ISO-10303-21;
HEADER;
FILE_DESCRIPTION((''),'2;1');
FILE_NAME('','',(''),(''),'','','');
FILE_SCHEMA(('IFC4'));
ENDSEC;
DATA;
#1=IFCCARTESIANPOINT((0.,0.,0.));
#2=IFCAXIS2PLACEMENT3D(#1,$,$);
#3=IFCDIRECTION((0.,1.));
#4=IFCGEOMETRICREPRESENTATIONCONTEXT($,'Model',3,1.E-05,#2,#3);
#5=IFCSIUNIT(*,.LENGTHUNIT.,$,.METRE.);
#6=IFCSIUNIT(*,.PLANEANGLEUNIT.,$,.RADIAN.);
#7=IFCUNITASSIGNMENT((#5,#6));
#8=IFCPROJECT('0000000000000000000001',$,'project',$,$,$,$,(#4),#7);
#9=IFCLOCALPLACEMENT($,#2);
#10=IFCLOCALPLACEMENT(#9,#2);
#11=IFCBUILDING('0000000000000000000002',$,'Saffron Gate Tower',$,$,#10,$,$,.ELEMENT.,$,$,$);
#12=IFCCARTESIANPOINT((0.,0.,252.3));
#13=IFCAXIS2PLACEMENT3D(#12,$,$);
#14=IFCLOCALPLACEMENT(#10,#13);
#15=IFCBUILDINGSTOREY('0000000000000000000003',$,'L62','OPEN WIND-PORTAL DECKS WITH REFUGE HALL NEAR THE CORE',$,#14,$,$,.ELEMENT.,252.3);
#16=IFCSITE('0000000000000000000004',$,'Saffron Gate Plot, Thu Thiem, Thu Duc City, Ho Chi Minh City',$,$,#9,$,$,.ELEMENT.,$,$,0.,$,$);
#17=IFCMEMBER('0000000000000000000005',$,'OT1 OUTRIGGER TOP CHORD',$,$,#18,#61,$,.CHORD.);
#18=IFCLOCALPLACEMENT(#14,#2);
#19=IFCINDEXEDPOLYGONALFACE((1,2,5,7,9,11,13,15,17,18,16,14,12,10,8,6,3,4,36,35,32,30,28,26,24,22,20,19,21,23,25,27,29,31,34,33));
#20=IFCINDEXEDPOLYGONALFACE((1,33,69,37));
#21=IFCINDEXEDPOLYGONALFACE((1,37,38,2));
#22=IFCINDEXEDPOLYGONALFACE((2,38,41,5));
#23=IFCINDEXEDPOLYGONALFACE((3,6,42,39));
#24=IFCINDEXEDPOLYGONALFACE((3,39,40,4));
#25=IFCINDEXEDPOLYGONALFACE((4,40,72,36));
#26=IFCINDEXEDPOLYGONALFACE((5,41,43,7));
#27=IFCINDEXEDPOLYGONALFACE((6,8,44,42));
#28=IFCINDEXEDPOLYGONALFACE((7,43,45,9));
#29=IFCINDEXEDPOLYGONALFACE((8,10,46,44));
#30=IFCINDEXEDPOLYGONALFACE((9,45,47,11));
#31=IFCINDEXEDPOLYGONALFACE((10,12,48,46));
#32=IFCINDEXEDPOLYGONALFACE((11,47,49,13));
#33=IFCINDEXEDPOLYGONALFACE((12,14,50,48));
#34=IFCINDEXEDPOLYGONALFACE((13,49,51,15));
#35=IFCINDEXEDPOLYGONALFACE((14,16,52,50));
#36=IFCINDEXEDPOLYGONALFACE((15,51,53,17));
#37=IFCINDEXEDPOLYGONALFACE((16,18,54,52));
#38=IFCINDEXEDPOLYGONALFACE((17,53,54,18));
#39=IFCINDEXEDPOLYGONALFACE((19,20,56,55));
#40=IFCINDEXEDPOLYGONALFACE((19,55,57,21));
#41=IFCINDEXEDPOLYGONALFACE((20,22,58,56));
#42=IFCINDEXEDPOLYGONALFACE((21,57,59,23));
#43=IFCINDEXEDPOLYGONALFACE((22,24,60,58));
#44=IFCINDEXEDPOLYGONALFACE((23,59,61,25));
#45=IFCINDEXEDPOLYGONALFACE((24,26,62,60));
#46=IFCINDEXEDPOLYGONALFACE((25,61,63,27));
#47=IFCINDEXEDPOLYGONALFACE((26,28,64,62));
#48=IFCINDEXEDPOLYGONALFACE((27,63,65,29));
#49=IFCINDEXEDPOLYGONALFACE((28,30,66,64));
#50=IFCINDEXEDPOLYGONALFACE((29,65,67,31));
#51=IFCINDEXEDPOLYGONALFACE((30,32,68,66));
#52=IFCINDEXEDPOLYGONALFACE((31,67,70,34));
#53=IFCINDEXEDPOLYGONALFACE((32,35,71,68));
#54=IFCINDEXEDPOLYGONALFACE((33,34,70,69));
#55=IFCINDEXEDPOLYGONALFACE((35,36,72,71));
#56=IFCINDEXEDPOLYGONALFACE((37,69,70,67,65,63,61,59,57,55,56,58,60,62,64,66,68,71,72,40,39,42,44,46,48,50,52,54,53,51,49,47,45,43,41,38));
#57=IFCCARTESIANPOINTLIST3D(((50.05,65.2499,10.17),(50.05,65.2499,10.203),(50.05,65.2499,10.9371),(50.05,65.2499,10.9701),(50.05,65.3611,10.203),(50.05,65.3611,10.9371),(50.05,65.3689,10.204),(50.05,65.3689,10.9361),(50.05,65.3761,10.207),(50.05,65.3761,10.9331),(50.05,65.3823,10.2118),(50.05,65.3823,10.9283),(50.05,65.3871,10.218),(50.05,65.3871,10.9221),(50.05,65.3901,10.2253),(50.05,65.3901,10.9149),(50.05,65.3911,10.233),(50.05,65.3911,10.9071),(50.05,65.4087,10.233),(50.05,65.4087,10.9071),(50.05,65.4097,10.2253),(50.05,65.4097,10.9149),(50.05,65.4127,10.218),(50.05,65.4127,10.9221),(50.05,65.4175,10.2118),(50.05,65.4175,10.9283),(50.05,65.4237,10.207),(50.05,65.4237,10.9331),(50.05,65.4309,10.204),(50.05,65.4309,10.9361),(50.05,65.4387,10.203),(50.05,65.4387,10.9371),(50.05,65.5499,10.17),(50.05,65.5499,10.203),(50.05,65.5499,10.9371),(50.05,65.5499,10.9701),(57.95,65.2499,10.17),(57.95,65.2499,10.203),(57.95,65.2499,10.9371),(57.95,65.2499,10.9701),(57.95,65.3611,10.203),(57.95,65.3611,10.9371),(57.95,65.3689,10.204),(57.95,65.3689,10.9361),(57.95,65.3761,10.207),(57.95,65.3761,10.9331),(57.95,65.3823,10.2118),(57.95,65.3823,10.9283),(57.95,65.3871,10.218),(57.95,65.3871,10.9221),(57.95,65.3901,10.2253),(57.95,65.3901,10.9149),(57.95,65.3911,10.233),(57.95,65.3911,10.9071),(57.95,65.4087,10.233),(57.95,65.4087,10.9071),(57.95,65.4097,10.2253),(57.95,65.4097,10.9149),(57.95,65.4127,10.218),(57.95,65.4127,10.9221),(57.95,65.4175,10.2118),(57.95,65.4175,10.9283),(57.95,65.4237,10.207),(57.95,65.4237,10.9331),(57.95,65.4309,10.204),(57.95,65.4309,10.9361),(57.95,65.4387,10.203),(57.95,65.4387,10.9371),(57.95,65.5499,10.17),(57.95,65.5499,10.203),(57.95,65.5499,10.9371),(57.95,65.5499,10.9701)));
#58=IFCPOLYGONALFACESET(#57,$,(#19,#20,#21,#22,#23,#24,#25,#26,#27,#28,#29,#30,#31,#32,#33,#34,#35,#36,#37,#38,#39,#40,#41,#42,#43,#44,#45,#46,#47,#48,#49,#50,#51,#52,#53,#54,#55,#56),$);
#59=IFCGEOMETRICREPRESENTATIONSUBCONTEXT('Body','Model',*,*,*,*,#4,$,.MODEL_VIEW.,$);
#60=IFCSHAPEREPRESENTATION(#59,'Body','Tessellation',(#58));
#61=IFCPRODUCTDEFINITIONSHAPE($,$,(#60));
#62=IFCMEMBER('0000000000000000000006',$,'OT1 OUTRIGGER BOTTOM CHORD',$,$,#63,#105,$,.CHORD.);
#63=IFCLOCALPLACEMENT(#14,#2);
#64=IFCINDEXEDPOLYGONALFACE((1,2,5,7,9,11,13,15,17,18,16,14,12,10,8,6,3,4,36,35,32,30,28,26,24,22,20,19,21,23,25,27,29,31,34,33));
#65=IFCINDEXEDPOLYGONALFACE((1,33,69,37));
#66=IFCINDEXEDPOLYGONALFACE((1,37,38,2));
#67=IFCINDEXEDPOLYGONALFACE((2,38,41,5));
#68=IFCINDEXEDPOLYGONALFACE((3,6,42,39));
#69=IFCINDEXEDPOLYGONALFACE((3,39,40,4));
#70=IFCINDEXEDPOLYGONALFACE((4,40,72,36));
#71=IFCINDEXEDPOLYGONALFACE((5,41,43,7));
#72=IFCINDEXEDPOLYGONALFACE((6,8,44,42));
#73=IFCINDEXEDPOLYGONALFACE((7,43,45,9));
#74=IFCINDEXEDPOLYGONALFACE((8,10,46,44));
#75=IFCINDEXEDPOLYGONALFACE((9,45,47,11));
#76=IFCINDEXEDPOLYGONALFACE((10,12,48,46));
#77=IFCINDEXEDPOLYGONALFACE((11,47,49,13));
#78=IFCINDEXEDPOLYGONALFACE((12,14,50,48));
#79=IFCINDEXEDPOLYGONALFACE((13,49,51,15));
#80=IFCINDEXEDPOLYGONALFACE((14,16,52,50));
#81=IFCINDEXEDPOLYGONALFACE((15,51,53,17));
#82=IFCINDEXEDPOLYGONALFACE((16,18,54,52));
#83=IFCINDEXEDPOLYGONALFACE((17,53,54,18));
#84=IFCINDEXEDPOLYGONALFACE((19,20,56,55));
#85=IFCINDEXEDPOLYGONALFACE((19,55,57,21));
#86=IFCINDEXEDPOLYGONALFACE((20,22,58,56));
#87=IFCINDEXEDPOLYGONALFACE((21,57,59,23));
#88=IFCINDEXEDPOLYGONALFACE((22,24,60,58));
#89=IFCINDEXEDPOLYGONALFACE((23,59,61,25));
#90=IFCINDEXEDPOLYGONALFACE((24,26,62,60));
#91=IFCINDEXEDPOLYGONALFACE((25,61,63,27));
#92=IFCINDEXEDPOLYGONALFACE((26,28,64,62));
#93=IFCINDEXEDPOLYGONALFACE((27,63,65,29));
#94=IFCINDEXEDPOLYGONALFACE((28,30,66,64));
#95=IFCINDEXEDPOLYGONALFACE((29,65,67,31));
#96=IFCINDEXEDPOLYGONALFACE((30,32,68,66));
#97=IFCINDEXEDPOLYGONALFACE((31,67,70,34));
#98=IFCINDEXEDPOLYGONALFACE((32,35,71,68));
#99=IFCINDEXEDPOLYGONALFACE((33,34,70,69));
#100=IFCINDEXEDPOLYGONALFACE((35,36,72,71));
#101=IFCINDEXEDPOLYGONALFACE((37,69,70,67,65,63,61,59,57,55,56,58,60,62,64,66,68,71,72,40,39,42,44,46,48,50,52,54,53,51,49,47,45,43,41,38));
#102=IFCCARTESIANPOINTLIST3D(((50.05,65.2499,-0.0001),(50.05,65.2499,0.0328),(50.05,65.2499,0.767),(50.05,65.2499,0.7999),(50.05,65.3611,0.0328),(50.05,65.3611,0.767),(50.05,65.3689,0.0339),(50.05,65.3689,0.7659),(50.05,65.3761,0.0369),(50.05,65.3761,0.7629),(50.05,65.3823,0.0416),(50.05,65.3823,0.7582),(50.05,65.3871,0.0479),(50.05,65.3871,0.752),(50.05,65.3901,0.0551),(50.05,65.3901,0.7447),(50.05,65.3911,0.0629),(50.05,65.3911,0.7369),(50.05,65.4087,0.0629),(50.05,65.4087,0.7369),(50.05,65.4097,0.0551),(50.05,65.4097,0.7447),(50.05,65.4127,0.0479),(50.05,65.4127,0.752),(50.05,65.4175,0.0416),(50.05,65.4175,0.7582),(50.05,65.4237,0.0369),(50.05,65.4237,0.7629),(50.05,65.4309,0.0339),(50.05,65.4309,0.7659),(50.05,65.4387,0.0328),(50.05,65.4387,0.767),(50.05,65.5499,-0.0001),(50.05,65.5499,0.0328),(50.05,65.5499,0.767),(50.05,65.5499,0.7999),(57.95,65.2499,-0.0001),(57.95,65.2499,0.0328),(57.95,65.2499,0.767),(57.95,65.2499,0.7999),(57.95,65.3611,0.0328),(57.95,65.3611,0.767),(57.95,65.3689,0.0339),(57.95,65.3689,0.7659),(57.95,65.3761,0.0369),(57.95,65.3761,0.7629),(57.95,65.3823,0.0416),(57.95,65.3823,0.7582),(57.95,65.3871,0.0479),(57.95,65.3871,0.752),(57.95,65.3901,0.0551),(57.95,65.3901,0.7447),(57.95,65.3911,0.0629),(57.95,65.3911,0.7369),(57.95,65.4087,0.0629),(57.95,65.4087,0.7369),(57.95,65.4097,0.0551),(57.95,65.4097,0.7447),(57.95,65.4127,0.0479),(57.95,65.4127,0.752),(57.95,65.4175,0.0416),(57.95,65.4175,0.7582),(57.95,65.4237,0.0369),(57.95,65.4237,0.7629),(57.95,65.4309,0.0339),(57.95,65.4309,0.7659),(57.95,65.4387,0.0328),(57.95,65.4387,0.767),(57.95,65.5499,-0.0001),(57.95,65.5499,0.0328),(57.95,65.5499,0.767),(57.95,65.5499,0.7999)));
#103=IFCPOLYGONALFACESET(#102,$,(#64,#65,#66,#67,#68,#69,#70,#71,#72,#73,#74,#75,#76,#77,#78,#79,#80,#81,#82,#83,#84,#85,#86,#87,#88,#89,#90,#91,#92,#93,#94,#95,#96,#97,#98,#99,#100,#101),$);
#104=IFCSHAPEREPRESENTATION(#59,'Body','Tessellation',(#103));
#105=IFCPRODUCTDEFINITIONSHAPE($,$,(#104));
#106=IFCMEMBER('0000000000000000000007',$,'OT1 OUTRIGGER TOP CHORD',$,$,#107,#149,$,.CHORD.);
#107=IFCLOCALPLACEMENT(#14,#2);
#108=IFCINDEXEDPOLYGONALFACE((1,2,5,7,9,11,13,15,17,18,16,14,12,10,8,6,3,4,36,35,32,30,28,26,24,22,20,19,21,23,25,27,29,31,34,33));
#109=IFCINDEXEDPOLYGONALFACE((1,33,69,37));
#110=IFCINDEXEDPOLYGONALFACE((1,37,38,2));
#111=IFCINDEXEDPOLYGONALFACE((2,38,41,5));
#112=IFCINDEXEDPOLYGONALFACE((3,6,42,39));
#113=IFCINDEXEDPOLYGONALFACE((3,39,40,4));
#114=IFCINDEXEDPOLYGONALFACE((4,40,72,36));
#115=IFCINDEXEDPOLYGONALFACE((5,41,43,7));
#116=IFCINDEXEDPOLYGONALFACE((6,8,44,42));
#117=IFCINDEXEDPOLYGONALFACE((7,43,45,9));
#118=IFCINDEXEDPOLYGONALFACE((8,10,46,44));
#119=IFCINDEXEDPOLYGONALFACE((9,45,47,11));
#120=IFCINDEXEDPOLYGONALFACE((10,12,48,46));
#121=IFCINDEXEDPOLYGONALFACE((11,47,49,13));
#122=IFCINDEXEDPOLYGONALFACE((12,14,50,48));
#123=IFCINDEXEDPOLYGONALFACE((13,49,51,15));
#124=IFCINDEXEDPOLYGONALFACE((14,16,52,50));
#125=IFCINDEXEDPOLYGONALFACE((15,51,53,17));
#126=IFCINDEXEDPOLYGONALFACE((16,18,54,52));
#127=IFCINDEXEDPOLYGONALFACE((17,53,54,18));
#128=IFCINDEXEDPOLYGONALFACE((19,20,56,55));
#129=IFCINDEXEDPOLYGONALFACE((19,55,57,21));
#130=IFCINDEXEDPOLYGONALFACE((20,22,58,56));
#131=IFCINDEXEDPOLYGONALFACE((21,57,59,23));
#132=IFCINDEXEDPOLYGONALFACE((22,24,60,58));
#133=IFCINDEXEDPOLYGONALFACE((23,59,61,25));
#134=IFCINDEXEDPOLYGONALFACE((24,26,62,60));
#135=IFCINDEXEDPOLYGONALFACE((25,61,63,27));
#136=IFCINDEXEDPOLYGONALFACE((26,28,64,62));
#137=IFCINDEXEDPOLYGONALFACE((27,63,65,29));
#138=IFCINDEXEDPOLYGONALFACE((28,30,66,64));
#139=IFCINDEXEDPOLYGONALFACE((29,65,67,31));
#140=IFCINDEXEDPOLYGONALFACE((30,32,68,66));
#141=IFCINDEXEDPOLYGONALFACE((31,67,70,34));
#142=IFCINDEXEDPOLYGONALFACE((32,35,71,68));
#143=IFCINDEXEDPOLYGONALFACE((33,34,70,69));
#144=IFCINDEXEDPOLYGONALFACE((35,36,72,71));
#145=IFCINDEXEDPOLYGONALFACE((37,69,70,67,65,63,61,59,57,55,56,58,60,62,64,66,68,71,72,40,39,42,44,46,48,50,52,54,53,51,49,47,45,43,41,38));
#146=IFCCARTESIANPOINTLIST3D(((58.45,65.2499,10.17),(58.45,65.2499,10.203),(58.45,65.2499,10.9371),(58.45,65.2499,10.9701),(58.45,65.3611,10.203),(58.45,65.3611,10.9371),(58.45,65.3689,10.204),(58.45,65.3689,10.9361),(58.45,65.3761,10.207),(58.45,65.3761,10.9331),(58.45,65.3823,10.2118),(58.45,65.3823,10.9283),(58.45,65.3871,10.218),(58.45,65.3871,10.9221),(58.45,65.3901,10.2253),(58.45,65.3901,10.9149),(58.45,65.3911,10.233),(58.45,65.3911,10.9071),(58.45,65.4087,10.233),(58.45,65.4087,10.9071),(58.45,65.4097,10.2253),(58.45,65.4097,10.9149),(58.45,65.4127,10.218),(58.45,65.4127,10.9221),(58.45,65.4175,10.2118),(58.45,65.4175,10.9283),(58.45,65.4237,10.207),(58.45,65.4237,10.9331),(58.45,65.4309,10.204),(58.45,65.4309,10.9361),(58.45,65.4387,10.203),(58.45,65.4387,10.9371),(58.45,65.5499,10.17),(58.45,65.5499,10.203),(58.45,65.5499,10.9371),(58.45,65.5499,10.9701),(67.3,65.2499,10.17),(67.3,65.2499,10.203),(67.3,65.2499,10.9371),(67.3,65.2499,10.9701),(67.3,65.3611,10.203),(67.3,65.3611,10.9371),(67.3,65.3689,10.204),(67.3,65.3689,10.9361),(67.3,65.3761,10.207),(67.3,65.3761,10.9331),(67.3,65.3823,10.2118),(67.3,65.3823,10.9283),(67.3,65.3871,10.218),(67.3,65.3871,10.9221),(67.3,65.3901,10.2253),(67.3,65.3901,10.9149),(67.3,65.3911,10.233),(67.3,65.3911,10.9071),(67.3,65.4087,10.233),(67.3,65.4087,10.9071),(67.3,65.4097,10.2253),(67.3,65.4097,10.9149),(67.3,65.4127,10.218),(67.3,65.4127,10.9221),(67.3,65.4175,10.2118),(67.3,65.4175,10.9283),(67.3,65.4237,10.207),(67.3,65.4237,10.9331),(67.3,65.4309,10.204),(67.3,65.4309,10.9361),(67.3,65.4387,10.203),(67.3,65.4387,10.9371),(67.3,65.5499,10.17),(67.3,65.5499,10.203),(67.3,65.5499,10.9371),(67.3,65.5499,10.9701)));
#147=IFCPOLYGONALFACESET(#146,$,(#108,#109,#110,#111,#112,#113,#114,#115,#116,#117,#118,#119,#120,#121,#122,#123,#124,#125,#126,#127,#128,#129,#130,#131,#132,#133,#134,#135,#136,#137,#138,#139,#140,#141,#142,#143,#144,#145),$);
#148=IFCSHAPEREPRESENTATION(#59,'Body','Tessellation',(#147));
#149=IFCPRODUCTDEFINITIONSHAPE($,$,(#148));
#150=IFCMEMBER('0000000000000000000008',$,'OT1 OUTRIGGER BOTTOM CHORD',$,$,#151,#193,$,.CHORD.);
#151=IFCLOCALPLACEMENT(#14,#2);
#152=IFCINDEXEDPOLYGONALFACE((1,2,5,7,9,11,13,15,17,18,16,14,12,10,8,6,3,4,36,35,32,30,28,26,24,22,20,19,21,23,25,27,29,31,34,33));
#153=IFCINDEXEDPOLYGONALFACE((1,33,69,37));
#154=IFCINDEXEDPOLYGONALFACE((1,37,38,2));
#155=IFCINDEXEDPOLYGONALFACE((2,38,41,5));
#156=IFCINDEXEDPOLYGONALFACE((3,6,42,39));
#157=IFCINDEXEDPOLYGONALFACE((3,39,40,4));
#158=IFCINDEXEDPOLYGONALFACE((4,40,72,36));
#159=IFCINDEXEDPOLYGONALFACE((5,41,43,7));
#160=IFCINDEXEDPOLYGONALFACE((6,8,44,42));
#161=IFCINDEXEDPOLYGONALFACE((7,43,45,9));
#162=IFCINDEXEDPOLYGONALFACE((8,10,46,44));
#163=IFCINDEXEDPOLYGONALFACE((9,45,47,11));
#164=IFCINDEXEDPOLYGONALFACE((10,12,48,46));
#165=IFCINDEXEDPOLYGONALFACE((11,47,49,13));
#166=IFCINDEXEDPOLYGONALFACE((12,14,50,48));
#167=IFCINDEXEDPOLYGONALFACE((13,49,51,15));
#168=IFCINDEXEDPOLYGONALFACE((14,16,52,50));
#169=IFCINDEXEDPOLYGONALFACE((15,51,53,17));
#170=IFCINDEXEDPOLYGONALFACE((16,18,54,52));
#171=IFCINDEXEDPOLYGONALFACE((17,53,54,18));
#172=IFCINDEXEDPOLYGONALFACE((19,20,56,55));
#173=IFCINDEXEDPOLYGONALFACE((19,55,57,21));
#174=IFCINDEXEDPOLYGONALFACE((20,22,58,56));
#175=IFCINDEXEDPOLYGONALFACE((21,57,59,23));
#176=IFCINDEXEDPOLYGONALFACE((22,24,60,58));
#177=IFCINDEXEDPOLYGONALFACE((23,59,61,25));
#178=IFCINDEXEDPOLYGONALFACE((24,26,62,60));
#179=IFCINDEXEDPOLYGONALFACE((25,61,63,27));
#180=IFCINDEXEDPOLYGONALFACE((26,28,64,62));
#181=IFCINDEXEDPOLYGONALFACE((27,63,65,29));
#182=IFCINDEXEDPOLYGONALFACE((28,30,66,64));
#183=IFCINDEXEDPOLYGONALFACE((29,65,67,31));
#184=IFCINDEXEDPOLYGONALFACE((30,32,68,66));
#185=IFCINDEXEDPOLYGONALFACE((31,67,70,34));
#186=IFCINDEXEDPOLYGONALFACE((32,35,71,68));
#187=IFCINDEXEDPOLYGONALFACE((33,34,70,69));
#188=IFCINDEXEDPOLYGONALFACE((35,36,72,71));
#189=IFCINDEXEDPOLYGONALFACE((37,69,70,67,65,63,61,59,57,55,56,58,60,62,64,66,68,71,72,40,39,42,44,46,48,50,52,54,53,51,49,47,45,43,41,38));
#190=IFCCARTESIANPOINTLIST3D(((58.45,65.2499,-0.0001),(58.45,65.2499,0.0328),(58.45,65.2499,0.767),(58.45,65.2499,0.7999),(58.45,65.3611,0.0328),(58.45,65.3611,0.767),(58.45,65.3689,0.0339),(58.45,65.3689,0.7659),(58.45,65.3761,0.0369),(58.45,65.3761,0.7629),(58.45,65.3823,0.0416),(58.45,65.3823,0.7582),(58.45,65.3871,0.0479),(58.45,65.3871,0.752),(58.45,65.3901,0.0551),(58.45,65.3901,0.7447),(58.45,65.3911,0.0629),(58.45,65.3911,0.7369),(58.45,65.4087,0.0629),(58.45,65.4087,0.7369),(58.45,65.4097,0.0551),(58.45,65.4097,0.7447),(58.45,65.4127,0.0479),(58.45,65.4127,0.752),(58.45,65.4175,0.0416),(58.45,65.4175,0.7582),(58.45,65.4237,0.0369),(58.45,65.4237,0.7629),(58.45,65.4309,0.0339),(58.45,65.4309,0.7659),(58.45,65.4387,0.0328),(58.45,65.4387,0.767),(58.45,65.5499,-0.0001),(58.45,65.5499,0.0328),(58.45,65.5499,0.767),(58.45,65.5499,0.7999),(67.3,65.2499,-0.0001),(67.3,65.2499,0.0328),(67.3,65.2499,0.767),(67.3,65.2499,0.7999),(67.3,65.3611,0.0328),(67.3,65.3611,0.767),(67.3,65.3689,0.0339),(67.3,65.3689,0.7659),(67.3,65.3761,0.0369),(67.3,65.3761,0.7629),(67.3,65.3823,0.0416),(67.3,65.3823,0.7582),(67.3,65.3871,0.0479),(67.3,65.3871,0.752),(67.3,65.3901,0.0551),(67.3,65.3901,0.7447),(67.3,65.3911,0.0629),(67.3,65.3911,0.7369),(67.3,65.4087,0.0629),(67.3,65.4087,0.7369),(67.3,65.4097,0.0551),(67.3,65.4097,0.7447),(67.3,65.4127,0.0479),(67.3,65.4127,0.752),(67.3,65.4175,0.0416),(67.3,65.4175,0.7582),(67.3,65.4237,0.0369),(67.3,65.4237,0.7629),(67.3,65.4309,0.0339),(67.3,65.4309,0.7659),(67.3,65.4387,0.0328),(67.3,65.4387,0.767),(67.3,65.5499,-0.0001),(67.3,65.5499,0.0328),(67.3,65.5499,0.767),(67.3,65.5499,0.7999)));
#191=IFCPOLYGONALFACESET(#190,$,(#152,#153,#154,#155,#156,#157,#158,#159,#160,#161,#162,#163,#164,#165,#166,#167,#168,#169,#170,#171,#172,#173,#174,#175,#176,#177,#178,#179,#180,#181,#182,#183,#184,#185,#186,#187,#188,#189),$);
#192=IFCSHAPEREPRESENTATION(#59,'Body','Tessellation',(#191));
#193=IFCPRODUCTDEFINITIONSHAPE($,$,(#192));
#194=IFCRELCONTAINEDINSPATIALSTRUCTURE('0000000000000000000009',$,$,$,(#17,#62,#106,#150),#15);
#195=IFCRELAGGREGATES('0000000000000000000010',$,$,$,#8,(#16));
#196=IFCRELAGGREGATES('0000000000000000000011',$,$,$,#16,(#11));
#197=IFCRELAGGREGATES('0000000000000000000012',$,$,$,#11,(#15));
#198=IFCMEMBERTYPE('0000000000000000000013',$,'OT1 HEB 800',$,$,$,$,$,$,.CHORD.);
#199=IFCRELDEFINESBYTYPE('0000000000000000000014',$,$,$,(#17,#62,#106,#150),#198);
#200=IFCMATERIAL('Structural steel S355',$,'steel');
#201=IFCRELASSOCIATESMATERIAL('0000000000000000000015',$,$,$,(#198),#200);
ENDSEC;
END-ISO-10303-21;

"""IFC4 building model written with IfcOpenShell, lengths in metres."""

from ifc_helpers import new_model, si_unit, direction, frame, origin, origin_2d, place, context, subcontext, project, spatial, i_section, extrude, material, material_profile, profile_set, type_object, element, save


model = new_model("IFC4")

# Units and contexts
model_context = context("Model", 3, precision=1e-05, world=origin(), true_north=direction((0.0, 1.0)))
body_context = subcontext(model_context, "Body", "Model", "MODEL_VIEW")
ifc_project = project(units=[si_unit("LENGTHUNIT", "METRE"), si_unit("PLANEANGLEUNIT", "RADIAN")], contexts=[model_context])

# Site, building, storey
site_placement = place(None, origin())
site = spatial("IfcSite", under=ifc_project, at=site_placement, Name="Saffron Gate Plot, Thu Thiem, Thu Duc City, Ho Chi Minh City", CompositionType="ELEMENT", RefElevation=0.0)
building_placement = place(site_placement, origin())
building = spatial("IfcBuilding", under=site, at=building_placement, Name="Saffron Gate Tower", CompositionType="ELEMENT")
storey_placement = place(building_placement, frame((0.0, 0.0, 252.3)))
storey = spatial("IfcBuildingStorey", under=building, at=storey_placement, Name="L62", Description="OPEN WIND-PORTAL DECKS WITH REFUGE HALL NEAR THE CORE", CompositionType="ELEMENT", Elevation=252.3)

# Members
ifc_material_1 = material(Name="Structural steel S355", Category="steel")
ifc_material_profile_1 = material_profile(ifc_material_1, i_section(OverallWidth=0.3, OverallDepth=0.8, WebThickness=0.0176, FlangeThickness=0.033, FilletRadius=0.03, at=origin_2d()))
ifc_profile_set_1 = profile_set([ifc_material_profile_1], Name="Structural steel S355")
member_type_1 = type_object("IfcMemberType", Name="OT1 HEB 800", PredefinedType="CHORD", material=ifc_profile_set_1)
for number, where, z_axis, x_axis, name in (
    (1, (50.05, 65.3999, 10.5701), (1.0, 0.0, 0.0), (0.0, 1.0, 0.0), "OT1 OUTRIGGER TOP CHORD"),
    (2, (50.05, 65.3999, 0.3999), (1.0, 0.0, 0.0), (0.0, 1.0, 0.0), "OT1 OUTRIGGER BOTTOM CHORD"),
):
    element("IfcMember", number, at=place(storey_placement, frame(where, z_axis=z_axis, x_axis=x_axis)), inside=storey, type_object=member_type_1, Name=name, PredefinedType="CHORD", context=body_context, shape_type="SweptSolid", body=[
        extrude(i_section(OverallWidth=0.3, OverallDepth=0.8, WebThickness=0.0176, FlangeThickness=0.033, FilletRadius=0.03, at=origin_2d()), origin(), (0.0, 0.0, 1.0), 7.8999),
    ])
for number, where, z_axis, x_axis, name in (
    (3, (58.45, 65.3999, 10.5701), (1.0, 0.0, 0.0), (0.0, 1.0, 0.0), "OT1 OUTRIGGER TOP CHORD"),
    (4, (58.45, 65.3999, 0.3999), (1.0, 0.0, 0.0), (0.0, 1.0, 0.0), "OT1 OUTRIGGER BOTTOM CHORD"),
):
    element("IfcMember", number, at=place(storey_placement, frame(where, z_axis=z_axis, x_axis=x_axis)), inside=storey, type_object=member_type_1, Name=name, PredefinedType="CHORD", context=body_context, shape_type="SweptSolid", body=[
        extrude(i_section(OverallWidth=0.3, OverallDepth=0.8, WebThickness=0.0176, FlangeThickness=0.033, FilletRadius=0.03, at=origin_2d()), origin(), (0.0, 0.0, 1.0), 8.8501),
    ])

save(model, "model.ifc")
